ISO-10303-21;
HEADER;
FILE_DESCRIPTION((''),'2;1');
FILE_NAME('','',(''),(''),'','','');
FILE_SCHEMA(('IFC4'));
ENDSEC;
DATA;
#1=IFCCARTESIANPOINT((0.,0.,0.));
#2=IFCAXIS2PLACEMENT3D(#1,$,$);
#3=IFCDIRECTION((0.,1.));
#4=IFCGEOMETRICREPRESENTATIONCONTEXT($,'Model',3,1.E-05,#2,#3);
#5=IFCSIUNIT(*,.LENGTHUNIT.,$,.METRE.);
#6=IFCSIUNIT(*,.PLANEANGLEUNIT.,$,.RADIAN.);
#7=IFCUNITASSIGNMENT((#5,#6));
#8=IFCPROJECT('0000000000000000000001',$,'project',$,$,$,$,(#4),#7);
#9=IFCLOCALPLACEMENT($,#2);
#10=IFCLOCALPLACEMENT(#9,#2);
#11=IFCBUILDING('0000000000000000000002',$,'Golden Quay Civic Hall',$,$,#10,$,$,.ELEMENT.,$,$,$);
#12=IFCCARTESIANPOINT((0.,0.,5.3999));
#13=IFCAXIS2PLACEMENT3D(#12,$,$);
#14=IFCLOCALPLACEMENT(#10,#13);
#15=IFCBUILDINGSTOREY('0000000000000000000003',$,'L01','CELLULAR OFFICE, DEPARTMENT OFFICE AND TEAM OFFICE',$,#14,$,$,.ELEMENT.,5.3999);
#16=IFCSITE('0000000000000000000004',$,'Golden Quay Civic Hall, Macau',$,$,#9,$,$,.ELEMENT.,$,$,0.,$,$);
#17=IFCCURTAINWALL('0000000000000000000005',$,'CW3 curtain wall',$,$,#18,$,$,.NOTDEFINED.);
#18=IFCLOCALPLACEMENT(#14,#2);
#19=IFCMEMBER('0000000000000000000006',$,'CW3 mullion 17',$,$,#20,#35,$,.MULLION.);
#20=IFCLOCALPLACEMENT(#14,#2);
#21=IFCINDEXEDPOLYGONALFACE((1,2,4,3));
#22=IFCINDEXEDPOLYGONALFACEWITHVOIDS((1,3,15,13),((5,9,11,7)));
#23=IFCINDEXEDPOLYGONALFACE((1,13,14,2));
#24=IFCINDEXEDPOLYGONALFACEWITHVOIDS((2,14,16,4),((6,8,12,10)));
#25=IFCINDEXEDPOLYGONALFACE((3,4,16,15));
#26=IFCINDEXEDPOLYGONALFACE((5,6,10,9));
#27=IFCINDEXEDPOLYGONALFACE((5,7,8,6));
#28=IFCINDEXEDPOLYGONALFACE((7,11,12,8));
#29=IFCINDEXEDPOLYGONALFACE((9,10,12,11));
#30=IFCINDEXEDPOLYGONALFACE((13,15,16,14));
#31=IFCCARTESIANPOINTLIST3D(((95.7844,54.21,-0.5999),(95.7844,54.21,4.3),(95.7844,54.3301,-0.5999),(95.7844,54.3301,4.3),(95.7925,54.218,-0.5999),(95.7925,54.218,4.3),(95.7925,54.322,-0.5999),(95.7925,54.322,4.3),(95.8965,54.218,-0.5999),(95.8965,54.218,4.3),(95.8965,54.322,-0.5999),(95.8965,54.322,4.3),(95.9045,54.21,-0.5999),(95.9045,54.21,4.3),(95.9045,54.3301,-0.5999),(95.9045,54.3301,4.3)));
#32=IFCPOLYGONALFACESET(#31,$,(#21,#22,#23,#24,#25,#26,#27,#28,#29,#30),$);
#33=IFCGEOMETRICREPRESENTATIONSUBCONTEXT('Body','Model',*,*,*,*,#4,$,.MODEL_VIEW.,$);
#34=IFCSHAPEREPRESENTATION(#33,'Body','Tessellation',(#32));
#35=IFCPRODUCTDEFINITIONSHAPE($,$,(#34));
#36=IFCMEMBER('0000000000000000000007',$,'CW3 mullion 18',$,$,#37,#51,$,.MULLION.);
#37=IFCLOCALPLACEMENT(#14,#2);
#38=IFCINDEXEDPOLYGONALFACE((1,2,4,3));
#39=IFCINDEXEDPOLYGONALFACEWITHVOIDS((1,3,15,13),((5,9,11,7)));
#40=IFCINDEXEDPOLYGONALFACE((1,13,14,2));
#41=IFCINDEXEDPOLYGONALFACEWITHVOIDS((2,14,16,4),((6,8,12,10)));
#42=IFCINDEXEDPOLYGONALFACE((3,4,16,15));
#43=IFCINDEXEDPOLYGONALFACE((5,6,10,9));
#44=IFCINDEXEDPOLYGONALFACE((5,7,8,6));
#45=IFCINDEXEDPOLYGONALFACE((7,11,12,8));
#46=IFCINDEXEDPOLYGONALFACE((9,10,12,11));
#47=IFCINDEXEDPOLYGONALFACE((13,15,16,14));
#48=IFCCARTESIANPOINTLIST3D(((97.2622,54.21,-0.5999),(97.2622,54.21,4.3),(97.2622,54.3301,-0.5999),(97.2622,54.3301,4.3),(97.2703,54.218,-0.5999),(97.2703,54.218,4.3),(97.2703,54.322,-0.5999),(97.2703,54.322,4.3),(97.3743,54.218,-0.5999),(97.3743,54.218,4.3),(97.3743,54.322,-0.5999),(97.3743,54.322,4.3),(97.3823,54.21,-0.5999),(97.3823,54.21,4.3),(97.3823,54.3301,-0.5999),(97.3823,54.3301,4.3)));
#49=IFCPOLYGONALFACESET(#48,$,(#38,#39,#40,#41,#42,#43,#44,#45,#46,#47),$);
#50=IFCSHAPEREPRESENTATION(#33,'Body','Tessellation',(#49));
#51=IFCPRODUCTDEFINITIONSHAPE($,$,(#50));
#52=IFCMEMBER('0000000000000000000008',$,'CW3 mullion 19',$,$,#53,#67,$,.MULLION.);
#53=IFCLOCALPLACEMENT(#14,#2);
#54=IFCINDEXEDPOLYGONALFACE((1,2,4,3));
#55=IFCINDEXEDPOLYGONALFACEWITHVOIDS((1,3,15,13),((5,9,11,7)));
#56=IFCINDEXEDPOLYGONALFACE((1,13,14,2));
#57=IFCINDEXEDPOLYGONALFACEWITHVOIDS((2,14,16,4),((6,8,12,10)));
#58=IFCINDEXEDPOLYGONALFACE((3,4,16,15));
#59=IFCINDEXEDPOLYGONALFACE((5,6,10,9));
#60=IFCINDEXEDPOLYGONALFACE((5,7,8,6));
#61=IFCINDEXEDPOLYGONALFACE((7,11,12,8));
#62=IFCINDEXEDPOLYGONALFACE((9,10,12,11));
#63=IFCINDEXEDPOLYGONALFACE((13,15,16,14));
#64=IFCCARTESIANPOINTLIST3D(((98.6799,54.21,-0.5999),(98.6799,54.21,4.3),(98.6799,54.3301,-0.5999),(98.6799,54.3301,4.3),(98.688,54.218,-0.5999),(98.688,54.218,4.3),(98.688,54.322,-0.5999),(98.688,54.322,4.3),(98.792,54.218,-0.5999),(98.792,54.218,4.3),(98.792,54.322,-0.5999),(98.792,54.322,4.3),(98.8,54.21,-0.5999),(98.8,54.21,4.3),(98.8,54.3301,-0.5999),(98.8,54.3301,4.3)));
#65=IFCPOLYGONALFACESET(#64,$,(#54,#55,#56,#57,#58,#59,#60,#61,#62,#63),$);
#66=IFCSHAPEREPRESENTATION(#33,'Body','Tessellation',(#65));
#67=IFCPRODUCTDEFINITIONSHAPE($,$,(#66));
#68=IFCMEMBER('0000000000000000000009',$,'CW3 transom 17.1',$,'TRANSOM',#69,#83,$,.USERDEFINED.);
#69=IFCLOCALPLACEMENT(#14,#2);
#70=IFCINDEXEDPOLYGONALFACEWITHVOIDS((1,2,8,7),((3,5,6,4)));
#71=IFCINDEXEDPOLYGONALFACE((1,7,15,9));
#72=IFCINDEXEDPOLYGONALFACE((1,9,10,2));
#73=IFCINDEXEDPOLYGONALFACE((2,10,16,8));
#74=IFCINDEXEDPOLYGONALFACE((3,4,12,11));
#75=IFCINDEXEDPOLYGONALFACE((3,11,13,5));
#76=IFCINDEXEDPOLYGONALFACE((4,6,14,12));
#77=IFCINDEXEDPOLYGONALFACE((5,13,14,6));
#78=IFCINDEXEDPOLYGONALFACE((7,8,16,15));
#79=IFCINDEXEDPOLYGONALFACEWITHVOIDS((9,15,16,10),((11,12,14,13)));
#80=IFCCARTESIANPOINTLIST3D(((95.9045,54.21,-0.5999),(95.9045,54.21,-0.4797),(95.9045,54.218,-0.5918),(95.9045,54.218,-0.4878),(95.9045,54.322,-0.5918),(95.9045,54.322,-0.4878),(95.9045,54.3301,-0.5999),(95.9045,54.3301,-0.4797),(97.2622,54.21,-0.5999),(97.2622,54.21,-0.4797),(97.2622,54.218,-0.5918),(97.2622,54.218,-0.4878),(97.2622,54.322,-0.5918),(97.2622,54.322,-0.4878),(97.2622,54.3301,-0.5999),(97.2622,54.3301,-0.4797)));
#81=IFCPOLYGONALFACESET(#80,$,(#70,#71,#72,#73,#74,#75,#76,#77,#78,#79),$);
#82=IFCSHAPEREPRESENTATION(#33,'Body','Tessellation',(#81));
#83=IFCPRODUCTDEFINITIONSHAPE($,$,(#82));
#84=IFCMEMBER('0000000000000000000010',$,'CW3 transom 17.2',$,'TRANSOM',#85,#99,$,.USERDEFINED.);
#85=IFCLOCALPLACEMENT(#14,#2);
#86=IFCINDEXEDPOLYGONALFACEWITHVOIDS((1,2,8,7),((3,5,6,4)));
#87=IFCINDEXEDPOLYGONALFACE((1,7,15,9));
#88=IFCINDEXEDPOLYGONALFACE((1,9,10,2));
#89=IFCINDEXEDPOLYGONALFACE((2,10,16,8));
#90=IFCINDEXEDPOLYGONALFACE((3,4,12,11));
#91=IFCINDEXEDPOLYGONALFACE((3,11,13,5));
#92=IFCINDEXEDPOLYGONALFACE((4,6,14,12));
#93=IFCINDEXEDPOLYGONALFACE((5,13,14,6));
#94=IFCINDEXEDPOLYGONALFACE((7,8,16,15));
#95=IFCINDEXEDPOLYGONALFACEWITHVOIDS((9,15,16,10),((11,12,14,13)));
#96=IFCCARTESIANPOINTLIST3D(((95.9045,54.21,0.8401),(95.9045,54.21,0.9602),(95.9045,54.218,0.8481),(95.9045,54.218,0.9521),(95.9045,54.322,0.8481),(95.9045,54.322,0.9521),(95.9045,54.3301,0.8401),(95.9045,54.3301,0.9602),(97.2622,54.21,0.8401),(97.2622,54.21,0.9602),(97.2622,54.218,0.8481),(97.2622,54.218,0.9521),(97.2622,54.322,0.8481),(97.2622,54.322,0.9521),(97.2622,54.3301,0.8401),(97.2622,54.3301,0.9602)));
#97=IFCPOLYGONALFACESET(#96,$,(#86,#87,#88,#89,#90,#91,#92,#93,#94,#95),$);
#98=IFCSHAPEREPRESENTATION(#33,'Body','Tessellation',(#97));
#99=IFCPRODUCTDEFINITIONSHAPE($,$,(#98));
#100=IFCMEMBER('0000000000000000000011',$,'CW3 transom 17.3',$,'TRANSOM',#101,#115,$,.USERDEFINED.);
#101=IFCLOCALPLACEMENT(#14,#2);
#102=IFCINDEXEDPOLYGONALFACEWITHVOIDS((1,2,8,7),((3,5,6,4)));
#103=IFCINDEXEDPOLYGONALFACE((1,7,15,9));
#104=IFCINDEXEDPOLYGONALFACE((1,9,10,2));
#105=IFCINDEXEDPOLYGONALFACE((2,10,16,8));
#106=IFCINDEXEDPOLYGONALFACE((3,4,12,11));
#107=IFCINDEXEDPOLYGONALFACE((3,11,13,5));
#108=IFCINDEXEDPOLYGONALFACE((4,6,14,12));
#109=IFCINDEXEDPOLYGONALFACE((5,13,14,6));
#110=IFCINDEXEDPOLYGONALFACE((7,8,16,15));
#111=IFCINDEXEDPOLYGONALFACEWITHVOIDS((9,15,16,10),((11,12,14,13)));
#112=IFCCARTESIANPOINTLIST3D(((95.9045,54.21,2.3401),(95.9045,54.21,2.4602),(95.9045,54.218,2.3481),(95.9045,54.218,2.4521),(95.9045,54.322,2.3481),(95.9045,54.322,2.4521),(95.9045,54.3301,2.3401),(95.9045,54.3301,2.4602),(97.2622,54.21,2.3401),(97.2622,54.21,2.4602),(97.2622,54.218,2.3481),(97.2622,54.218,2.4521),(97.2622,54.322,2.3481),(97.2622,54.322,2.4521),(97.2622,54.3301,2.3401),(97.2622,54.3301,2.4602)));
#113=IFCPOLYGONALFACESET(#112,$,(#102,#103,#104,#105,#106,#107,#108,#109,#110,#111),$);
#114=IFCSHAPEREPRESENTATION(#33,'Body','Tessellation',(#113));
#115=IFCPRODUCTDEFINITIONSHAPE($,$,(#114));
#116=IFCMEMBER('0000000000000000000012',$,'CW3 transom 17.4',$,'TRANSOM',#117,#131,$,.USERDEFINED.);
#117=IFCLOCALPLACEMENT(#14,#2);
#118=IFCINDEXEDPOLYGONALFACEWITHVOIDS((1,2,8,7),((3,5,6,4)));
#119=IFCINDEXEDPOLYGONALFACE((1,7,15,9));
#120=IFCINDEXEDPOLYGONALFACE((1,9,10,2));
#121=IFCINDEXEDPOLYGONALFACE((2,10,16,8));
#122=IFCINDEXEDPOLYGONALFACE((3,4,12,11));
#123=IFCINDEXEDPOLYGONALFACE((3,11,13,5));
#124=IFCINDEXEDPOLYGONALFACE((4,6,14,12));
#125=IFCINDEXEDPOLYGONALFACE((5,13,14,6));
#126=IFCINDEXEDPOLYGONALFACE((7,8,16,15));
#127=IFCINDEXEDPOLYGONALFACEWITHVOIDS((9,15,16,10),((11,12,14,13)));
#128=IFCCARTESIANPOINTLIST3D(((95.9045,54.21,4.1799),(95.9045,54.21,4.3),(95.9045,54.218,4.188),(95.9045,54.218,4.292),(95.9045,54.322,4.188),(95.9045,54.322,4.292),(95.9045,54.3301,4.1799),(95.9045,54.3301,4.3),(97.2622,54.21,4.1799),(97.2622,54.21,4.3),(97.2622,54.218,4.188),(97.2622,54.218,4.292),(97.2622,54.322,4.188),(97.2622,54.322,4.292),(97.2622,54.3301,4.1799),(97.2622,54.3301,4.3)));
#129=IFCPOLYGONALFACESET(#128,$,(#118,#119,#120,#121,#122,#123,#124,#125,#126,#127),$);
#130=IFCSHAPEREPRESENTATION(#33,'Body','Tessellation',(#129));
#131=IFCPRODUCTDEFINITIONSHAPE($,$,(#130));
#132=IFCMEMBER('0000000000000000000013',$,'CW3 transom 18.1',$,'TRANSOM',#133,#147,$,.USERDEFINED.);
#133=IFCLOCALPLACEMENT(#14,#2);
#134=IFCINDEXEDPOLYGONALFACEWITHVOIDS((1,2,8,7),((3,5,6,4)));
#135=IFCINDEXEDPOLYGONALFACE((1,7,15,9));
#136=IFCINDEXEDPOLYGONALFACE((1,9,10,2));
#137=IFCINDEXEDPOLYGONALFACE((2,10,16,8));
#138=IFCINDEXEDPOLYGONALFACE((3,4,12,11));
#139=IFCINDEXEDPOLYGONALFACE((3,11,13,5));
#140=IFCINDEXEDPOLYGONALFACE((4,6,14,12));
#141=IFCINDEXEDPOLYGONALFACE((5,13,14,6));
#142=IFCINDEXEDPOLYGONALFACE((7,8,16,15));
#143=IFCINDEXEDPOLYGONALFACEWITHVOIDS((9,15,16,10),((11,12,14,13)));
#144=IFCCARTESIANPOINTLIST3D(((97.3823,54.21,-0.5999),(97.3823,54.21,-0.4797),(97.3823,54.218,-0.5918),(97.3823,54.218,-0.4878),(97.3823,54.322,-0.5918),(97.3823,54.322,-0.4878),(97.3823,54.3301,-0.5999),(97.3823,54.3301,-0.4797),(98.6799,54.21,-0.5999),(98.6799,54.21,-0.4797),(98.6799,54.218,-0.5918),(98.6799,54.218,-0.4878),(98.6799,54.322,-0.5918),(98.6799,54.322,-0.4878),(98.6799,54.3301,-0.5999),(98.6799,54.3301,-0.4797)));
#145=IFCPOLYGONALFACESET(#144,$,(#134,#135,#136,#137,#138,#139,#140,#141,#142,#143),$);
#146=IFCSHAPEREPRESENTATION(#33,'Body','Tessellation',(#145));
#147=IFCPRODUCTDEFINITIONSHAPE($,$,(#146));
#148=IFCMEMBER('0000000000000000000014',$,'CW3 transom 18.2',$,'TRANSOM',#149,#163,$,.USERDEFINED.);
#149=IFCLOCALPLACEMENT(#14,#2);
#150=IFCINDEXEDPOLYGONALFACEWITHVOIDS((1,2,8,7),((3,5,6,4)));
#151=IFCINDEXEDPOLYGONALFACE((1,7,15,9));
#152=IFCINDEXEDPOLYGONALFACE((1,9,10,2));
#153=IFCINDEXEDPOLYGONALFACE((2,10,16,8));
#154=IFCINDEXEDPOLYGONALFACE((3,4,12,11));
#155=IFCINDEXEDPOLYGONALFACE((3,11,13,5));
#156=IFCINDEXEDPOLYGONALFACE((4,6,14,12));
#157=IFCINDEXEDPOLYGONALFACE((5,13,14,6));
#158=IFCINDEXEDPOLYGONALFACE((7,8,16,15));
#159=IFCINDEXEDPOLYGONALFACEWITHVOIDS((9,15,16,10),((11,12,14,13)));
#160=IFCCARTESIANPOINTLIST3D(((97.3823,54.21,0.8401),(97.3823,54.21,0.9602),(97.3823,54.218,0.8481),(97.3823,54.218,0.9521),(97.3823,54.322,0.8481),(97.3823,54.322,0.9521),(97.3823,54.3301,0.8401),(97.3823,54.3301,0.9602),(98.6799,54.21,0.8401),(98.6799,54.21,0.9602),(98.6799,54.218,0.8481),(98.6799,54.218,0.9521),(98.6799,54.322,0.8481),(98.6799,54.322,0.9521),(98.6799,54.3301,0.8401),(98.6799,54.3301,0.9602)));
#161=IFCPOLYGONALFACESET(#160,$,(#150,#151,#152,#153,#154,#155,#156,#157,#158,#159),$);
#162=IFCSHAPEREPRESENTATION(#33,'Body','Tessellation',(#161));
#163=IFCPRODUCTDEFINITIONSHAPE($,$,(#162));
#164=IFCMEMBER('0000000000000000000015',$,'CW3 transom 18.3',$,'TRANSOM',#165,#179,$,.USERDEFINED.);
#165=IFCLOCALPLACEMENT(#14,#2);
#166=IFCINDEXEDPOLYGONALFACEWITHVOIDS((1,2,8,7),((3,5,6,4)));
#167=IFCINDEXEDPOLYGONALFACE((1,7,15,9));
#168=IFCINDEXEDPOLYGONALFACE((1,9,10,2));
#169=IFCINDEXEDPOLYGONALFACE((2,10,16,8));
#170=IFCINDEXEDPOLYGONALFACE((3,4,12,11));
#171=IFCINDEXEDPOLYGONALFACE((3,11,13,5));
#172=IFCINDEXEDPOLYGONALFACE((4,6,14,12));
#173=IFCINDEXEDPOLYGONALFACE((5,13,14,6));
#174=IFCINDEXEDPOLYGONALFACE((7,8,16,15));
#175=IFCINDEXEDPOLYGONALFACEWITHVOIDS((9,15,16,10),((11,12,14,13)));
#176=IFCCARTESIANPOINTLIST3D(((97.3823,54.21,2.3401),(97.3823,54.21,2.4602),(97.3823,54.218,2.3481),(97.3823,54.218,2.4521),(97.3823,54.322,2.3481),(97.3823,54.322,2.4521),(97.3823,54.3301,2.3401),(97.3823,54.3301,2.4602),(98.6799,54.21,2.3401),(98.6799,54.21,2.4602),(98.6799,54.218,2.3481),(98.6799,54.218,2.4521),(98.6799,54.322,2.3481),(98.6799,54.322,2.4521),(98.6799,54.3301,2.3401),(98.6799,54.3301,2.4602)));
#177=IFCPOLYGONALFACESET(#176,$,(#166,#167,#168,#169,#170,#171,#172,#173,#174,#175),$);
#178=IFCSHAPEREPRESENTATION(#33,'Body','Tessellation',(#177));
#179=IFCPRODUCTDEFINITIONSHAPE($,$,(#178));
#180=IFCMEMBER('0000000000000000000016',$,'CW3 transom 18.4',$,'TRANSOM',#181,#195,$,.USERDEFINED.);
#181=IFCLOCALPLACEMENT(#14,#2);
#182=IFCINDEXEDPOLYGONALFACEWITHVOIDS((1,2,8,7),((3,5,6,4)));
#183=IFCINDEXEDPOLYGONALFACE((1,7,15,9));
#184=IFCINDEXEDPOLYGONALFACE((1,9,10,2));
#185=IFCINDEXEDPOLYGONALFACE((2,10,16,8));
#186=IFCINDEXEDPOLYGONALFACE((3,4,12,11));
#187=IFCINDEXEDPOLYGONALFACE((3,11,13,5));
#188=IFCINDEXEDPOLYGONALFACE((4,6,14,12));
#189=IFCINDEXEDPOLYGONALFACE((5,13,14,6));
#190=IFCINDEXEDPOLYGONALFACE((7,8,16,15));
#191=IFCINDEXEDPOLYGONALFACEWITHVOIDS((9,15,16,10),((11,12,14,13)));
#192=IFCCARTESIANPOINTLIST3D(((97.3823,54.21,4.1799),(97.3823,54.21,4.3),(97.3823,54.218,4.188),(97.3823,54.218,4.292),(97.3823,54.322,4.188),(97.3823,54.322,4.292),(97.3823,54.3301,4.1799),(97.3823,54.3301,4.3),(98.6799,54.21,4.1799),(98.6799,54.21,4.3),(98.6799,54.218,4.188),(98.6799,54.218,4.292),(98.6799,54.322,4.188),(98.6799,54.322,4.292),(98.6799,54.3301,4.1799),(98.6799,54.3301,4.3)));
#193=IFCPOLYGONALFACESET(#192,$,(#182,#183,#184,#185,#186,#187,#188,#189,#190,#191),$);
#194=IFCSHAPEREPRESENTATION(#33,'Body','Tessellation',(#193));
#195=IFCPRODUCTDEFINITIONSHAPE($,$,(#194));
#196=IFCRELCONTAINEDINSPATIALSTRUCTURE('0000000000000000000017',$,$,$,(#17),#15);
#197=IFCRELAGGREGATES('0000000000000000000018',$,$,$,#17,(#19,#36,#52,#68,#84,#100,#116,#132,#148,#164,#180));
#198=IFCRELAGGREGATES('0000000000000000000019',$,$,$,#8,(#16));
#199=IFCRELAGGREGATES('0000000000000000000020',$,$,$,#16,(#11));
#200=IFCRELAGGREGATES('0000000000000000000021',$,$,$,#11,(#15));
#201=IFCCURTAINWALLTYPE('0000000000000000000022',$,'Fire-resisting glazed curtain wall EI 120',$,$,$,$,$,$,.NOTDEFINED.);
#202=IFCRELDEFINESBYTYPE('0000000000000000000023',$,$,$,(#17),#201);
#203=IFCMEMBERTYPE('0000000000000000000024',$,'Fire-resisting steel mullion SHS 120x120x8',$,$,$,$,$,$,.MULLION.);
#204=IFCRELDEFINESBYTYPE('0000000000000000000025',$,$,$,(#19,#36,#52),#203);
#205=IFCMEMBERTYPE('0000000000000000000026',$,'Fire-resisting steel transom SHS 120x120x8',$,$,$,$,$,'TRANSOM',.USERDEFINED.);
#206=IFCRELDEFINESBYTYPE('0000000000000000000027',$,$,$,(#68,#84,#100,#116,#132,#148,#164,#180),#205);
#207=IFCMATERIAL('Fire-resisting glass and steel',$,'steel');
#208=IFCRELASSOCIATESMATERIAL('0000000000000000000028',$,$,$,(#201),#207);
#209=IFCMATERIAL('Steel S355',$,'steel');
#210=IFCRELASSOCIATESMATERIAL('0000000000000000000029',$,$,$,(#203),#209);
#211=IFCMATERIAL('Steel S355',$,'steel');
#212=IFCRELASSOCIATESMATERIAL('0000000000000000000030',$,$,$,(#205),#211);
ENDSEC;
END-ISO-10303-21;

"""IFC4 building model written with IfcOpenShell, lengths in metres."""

from ifc_helpers import new_model, si_unit, direction, frame, origin, origin_2d, place, context, subcontext, project, spatial, hollow_rectangle, extrude, material, material_profile, profile_set, type_object, element, aggregate, save


model = new_model("IFC4")

# Units and contexts
model_context = context("Model", 3, precision=1e-05, world=origin(), true_north=direction((0.0, 1.0)))
body_context = subcontext(model_context, "Body", "Model", "MODEL_VIEW")
ifc_project = project(units=[si_unit("LENGTHUNIT", "METRE"), si_unit("PLANEANGLEUNIT", "RADIAN")], contexts=[model_context])

# Site, building, storey
site_placement = place(None, origin())
site = spatial("IfcSite", under=ifc_project, at=site_placement, Name="Golden Quay Civic Hall, Macau", CompositionType="ELEMENT", RefElevation=0.0)
building_placement = place(site_placement, origin())
building = spatial("IfcBuilding", under=site, at=building_placement, Name="Golden Quay Civic Hall", CompositionType="ELEMENT")
storey_placement = place(building_placement, frame((0.0, 0.0, 5.3999)))
storey = spatial("IfcBuildingStorey", under=building, at=storey_placement, Name="L01", Description="CELLULAR OFFICE, DEPARTMENT OFFICE AND TEAM OFFICE", CompositionType="ELEMENT", Elevation=5.3999)

# Curtain wall, members
ifc_material_1 = material(Name="Fire-resisting glass and steel", Category="steel")
curtain_wall_type_1 = type_object("IfcCurtainWallType", Name="Fire-resisting glazed curtain wall EI 120", PredefinedType="NOTDEFINED", material=ifc_material_1)
curtain_wall_1_placement = place(storey_placement, origin())
curtain_wall_1 = element("IfcCurtainWall", 1, at=curtain_wall_1_placement, inside=storey, type_object=curtain_wall_type_1, Name="CW3 curtain wall", PredefinedType="NOTDEFINED")
ifc_material_2 = material(Name="Steel S355", Category="steel")
ifc_material_profile_1 = material_profile(ifc_material_2, hollow_rectangle(XDim=0.1201, YDim=0.1201, WallThickness=0.0081, at=origin_2d()), Name="SHS 120x120x8")
ifc_profile_set_1 = profile_set([ifc_material_profile_1], Name="Steel S355")
member_type_1 = type_object("IfcMemberType", Name="Fire-resisting steel mullion SHS 120x120x8", PredefinedType="MULLION", material=ifc_profile_set_1)
member_1_placement = place(storey_placement, frame((95.8445, 54.27, -0.5999), z_axis=(0.0, 0.0, 1.0), x_axis=(0.0, 1.0, 0.0)))
member_1 = element("IfcMember", 2, at=member_1_placement, type_object=member_type_1, Name="CW3 mullion 17", PredefinedType="MULLION", context=body_context, shape_type="SweptSolid", body=[
    extrude(hollow_rectangle(XDim=0.1201, YDim=0.1201, WallThickness=0.0081, at=origin_2d()), origin(), (0.0, 0.0, 1.0), 4.8999),
])
member_2_placement = place(storey_placement, frame((97.3223, 54.27, -0.5999), z_axis=(0.0, 0.0, 1.0), x_axis=(0.0, 1.0, 0.0)))
member_2 = element("IfcMember", 3, at=member_2_placement, type_object=member_type_1, Name="CW3 mullion 18", PredefinedType="MULLION", context=body_context, shape_type="SweptSolid", body=[
    extrude(hollow_rectangle(XDim=0.1201, YDim=0.1201, WallThickness=0.0081, at=origin_2d()), origin(), (0.0, 0.0, 1.0), 4.8999),
])
member_3_placement = place(storey_placement, frame((98.74, 54.27, -0.5999), z_axis=(0.0, 0.0, 1.0), x_axis=(0.0, 1.0, 0.0)))
member_3 = element("IfcMember", 4, at=member_3_placement, type_object=member_type_1, Name="CW3 mullion 19", PredefinedType="MULLION", context=body_context, shape_type="SweptSolid", body=[
    extrude(hollow_rectangle(XDim=0.1201, YDim=0.1201, WallThickness=0.0081, at=origin_2d()), origin(), (0.0, 0.0, 1.0), 4.8999),
])
ifc_material_3 = material(Name="Steel S355", Category="steel")
ifc_material_profile_2 = material_profile(ifc_material_3, hollow_rectangle(XDim=0.1201, YDim=0.1201, WallThickness=0.0081, at=origin_2d()), Name="SHS 120x120x8")
ifc_profile_set_2 = profile_set([ifc_material_profile_2], Name="Steel S355")
member_type_2 = type_object("IfcMemberType", Name="Fire-resisting steel transom SHS 120x120x8", ElementType="TRANSOM", PredefinedType="USERDEFINED", material=ifc_profile_set_2)
member_4_placement = place(storey_placement, frame((95.9045, 54.27, -0.5398), z_axis=(1.0, 0.0, 0.0), x_axis=(0.0, 1.0, 0.0)))
member_4 = element("IfcMember", 5, at=member_4_placement, type_object=member_type_2, Name="CW3 transom 17.1", ObjectType="TRANSOM", PredefinedType="USERDEFINED", context=body_context, shape_type="SweptSolid", body=[
    extrude(hollow_rectangle(XDim=0.1201, YDim=0.1201, WallThickness=0.0081, at=origin_2d()), origin(), (0.0, 0.0, 1.0), 1.3577),
])
member_5_placement = place(storey_placement, frame((95.9045, 54.27, 0.9001), z_axis=(1.0, 0.0, 0.0), x_axis=(0.0, 1.0, 0.0)))
member_5 = element("IfcMember", 6, at=member_5_placement, type_object=member_type_2, Name="CW3 transom 17.2", ObjectType="TRANSOM", PredefinedType="USERDEFINED", context=body_context, shape_type="SweptSolid", body=[
    extrude(hollow_rectangle(XDim=0.1201, YDim=0.1201, WallThickness=0.0081, at=origin_2d()), origin(), (0.0, 0.0, 1.0), 1.3577),
])
member_6_placement = place(storey_placement, frame((95.9045, 54.27, 2.4001), z_axis=(1.0, 0.0, 0.0), x_axis=(0.0, 1.0, 0.0)))
member_6 = element("IfcMember", 7, at=member_6_placement, type_object=member_type_2, Name="CW3 transom 17.3", ObjectType="TRANSOM", PredefinedType="USERDEFINED", context=body_context, shape_type="SweptSolid", body=[
    extrude(hollow_rectangle(XDim=0.1201, YDim=0.1201, WallThickness=0.0081, at=origin_2d()), origin(), (0.0, 0.0, 1.0), 1.3577),
])
member_7_placement = place(storey_placement, frame((95.9045, 54.27, 4.24), z_axis=(1.0, 0.0, 0.0), x_axis=(0.0, 1.0, 0.0)))
member_7 = element("IfcMember", 8, at=member_7_placement, type_object=member_type_2, Name="CW3 transom 17.4", ObjectType="TRANSOM", PredefinedType="USERDEFINED", context=body_context, shape_type="SweptSolid", body=[
    extrude(hollow_rectangle(XDim=0.1201, YDim=0.1201, WallThickness=0.0081, at=origin_2d()), origin(), (0.0, 0.0, 1.0), 1.3577),
])
member_8_placement = place(storey_placement, frame((97.3823, 54.27, -0.5398), z_axis=(1.0, 0.0, 0.0), x_axis=(0.0, 1.0, 0.0)))
member_8 = element("IfcMember", 9, at=member_8_placement, type_object=member_type_2, Name="CW3 transom 18.1", ObjectType="TRANSOM", PredefinedType="USERDEFINED", context=body_context, shape_type="SweptSolid", body=[
    extrude(hollow_rectangle(XDim=0.1201, YDim=0.1201, WallThickness=0.0081, at=origin_2d()), origin(), (0.0, 0.0, 1.0), 1.2976),
])
member_9_placement = place(storey_placement, frame((97.3823, 54.27, 0.9001), z_axis=(1.0, 0.0, 0.0), x_axis=(0.0, 1.0, 0.0)))
member_9 = element("IfcMember", 10, at=member_9_placement, type_object=member_type_2, Name="CW3 transom 18.2", ObjectType="TRANSOM", PredefinedType="USERDEFINED", context=body_context, shape_type="SweptSolid", body=[
    extrude(hollow_rectangle(XDim=0.1201, YDim=0.1201, WallThickness=0.0081, at=origin_2d()), origin(), (0.0, 0.0, 1.0), 1.2976),
])
member_10_placement = place(storey_placement, frame((97.3823, 54.27, 2.4001), z_axis=(1.0, 0.0, 0.0), x_axis=(0.0, 1.0, 0.0)))
member_10 = element("IfcMember", 11, at=member_10_placement, type_object=member_type_2, Name="CW3 transom 18.3", ObjectType="TRANSOM", PredefinedType="USERDEFINED", context=body_context, shape_type="SweptSolid", body=[
    extrude(hollow_rectangle(XDim=0.1201, YDim=0.1201, WallThickness=0.0081, at=origin_2d()), origin(), (0.0, 0.0, 1.0), 1.2976),
])
member_11_placement = place(storey_placement, frame((97.3823, 54.27, 4.24), z_axis=(1.0, 0.0, 0.0), x_axis=(0.0, 1.0, 0.0)))
member_11 = element("IfcMember", 12, at=member_11_placement, type_object=member_type_2, Name="CW3 transom 18.4", ObjectType="TRANSOM", PredefinedType="USERDEFINED", context=body_context, shape_type="SweptSolid", body=[
    extrude(hollow_rectangle(XDim=0.1201, YDim=0.1201, WallThickness=0.0081, at=origin_2d()), origin(), (0.0, 0.0, 1.0), 1.2976),
])

aggregate(curtain_wall_1, [member_1, member_2, member_3, member_4, member_5, member_6, member_7, member_8, member_9, member_10, member_11])

save(model, "model.ifc")
